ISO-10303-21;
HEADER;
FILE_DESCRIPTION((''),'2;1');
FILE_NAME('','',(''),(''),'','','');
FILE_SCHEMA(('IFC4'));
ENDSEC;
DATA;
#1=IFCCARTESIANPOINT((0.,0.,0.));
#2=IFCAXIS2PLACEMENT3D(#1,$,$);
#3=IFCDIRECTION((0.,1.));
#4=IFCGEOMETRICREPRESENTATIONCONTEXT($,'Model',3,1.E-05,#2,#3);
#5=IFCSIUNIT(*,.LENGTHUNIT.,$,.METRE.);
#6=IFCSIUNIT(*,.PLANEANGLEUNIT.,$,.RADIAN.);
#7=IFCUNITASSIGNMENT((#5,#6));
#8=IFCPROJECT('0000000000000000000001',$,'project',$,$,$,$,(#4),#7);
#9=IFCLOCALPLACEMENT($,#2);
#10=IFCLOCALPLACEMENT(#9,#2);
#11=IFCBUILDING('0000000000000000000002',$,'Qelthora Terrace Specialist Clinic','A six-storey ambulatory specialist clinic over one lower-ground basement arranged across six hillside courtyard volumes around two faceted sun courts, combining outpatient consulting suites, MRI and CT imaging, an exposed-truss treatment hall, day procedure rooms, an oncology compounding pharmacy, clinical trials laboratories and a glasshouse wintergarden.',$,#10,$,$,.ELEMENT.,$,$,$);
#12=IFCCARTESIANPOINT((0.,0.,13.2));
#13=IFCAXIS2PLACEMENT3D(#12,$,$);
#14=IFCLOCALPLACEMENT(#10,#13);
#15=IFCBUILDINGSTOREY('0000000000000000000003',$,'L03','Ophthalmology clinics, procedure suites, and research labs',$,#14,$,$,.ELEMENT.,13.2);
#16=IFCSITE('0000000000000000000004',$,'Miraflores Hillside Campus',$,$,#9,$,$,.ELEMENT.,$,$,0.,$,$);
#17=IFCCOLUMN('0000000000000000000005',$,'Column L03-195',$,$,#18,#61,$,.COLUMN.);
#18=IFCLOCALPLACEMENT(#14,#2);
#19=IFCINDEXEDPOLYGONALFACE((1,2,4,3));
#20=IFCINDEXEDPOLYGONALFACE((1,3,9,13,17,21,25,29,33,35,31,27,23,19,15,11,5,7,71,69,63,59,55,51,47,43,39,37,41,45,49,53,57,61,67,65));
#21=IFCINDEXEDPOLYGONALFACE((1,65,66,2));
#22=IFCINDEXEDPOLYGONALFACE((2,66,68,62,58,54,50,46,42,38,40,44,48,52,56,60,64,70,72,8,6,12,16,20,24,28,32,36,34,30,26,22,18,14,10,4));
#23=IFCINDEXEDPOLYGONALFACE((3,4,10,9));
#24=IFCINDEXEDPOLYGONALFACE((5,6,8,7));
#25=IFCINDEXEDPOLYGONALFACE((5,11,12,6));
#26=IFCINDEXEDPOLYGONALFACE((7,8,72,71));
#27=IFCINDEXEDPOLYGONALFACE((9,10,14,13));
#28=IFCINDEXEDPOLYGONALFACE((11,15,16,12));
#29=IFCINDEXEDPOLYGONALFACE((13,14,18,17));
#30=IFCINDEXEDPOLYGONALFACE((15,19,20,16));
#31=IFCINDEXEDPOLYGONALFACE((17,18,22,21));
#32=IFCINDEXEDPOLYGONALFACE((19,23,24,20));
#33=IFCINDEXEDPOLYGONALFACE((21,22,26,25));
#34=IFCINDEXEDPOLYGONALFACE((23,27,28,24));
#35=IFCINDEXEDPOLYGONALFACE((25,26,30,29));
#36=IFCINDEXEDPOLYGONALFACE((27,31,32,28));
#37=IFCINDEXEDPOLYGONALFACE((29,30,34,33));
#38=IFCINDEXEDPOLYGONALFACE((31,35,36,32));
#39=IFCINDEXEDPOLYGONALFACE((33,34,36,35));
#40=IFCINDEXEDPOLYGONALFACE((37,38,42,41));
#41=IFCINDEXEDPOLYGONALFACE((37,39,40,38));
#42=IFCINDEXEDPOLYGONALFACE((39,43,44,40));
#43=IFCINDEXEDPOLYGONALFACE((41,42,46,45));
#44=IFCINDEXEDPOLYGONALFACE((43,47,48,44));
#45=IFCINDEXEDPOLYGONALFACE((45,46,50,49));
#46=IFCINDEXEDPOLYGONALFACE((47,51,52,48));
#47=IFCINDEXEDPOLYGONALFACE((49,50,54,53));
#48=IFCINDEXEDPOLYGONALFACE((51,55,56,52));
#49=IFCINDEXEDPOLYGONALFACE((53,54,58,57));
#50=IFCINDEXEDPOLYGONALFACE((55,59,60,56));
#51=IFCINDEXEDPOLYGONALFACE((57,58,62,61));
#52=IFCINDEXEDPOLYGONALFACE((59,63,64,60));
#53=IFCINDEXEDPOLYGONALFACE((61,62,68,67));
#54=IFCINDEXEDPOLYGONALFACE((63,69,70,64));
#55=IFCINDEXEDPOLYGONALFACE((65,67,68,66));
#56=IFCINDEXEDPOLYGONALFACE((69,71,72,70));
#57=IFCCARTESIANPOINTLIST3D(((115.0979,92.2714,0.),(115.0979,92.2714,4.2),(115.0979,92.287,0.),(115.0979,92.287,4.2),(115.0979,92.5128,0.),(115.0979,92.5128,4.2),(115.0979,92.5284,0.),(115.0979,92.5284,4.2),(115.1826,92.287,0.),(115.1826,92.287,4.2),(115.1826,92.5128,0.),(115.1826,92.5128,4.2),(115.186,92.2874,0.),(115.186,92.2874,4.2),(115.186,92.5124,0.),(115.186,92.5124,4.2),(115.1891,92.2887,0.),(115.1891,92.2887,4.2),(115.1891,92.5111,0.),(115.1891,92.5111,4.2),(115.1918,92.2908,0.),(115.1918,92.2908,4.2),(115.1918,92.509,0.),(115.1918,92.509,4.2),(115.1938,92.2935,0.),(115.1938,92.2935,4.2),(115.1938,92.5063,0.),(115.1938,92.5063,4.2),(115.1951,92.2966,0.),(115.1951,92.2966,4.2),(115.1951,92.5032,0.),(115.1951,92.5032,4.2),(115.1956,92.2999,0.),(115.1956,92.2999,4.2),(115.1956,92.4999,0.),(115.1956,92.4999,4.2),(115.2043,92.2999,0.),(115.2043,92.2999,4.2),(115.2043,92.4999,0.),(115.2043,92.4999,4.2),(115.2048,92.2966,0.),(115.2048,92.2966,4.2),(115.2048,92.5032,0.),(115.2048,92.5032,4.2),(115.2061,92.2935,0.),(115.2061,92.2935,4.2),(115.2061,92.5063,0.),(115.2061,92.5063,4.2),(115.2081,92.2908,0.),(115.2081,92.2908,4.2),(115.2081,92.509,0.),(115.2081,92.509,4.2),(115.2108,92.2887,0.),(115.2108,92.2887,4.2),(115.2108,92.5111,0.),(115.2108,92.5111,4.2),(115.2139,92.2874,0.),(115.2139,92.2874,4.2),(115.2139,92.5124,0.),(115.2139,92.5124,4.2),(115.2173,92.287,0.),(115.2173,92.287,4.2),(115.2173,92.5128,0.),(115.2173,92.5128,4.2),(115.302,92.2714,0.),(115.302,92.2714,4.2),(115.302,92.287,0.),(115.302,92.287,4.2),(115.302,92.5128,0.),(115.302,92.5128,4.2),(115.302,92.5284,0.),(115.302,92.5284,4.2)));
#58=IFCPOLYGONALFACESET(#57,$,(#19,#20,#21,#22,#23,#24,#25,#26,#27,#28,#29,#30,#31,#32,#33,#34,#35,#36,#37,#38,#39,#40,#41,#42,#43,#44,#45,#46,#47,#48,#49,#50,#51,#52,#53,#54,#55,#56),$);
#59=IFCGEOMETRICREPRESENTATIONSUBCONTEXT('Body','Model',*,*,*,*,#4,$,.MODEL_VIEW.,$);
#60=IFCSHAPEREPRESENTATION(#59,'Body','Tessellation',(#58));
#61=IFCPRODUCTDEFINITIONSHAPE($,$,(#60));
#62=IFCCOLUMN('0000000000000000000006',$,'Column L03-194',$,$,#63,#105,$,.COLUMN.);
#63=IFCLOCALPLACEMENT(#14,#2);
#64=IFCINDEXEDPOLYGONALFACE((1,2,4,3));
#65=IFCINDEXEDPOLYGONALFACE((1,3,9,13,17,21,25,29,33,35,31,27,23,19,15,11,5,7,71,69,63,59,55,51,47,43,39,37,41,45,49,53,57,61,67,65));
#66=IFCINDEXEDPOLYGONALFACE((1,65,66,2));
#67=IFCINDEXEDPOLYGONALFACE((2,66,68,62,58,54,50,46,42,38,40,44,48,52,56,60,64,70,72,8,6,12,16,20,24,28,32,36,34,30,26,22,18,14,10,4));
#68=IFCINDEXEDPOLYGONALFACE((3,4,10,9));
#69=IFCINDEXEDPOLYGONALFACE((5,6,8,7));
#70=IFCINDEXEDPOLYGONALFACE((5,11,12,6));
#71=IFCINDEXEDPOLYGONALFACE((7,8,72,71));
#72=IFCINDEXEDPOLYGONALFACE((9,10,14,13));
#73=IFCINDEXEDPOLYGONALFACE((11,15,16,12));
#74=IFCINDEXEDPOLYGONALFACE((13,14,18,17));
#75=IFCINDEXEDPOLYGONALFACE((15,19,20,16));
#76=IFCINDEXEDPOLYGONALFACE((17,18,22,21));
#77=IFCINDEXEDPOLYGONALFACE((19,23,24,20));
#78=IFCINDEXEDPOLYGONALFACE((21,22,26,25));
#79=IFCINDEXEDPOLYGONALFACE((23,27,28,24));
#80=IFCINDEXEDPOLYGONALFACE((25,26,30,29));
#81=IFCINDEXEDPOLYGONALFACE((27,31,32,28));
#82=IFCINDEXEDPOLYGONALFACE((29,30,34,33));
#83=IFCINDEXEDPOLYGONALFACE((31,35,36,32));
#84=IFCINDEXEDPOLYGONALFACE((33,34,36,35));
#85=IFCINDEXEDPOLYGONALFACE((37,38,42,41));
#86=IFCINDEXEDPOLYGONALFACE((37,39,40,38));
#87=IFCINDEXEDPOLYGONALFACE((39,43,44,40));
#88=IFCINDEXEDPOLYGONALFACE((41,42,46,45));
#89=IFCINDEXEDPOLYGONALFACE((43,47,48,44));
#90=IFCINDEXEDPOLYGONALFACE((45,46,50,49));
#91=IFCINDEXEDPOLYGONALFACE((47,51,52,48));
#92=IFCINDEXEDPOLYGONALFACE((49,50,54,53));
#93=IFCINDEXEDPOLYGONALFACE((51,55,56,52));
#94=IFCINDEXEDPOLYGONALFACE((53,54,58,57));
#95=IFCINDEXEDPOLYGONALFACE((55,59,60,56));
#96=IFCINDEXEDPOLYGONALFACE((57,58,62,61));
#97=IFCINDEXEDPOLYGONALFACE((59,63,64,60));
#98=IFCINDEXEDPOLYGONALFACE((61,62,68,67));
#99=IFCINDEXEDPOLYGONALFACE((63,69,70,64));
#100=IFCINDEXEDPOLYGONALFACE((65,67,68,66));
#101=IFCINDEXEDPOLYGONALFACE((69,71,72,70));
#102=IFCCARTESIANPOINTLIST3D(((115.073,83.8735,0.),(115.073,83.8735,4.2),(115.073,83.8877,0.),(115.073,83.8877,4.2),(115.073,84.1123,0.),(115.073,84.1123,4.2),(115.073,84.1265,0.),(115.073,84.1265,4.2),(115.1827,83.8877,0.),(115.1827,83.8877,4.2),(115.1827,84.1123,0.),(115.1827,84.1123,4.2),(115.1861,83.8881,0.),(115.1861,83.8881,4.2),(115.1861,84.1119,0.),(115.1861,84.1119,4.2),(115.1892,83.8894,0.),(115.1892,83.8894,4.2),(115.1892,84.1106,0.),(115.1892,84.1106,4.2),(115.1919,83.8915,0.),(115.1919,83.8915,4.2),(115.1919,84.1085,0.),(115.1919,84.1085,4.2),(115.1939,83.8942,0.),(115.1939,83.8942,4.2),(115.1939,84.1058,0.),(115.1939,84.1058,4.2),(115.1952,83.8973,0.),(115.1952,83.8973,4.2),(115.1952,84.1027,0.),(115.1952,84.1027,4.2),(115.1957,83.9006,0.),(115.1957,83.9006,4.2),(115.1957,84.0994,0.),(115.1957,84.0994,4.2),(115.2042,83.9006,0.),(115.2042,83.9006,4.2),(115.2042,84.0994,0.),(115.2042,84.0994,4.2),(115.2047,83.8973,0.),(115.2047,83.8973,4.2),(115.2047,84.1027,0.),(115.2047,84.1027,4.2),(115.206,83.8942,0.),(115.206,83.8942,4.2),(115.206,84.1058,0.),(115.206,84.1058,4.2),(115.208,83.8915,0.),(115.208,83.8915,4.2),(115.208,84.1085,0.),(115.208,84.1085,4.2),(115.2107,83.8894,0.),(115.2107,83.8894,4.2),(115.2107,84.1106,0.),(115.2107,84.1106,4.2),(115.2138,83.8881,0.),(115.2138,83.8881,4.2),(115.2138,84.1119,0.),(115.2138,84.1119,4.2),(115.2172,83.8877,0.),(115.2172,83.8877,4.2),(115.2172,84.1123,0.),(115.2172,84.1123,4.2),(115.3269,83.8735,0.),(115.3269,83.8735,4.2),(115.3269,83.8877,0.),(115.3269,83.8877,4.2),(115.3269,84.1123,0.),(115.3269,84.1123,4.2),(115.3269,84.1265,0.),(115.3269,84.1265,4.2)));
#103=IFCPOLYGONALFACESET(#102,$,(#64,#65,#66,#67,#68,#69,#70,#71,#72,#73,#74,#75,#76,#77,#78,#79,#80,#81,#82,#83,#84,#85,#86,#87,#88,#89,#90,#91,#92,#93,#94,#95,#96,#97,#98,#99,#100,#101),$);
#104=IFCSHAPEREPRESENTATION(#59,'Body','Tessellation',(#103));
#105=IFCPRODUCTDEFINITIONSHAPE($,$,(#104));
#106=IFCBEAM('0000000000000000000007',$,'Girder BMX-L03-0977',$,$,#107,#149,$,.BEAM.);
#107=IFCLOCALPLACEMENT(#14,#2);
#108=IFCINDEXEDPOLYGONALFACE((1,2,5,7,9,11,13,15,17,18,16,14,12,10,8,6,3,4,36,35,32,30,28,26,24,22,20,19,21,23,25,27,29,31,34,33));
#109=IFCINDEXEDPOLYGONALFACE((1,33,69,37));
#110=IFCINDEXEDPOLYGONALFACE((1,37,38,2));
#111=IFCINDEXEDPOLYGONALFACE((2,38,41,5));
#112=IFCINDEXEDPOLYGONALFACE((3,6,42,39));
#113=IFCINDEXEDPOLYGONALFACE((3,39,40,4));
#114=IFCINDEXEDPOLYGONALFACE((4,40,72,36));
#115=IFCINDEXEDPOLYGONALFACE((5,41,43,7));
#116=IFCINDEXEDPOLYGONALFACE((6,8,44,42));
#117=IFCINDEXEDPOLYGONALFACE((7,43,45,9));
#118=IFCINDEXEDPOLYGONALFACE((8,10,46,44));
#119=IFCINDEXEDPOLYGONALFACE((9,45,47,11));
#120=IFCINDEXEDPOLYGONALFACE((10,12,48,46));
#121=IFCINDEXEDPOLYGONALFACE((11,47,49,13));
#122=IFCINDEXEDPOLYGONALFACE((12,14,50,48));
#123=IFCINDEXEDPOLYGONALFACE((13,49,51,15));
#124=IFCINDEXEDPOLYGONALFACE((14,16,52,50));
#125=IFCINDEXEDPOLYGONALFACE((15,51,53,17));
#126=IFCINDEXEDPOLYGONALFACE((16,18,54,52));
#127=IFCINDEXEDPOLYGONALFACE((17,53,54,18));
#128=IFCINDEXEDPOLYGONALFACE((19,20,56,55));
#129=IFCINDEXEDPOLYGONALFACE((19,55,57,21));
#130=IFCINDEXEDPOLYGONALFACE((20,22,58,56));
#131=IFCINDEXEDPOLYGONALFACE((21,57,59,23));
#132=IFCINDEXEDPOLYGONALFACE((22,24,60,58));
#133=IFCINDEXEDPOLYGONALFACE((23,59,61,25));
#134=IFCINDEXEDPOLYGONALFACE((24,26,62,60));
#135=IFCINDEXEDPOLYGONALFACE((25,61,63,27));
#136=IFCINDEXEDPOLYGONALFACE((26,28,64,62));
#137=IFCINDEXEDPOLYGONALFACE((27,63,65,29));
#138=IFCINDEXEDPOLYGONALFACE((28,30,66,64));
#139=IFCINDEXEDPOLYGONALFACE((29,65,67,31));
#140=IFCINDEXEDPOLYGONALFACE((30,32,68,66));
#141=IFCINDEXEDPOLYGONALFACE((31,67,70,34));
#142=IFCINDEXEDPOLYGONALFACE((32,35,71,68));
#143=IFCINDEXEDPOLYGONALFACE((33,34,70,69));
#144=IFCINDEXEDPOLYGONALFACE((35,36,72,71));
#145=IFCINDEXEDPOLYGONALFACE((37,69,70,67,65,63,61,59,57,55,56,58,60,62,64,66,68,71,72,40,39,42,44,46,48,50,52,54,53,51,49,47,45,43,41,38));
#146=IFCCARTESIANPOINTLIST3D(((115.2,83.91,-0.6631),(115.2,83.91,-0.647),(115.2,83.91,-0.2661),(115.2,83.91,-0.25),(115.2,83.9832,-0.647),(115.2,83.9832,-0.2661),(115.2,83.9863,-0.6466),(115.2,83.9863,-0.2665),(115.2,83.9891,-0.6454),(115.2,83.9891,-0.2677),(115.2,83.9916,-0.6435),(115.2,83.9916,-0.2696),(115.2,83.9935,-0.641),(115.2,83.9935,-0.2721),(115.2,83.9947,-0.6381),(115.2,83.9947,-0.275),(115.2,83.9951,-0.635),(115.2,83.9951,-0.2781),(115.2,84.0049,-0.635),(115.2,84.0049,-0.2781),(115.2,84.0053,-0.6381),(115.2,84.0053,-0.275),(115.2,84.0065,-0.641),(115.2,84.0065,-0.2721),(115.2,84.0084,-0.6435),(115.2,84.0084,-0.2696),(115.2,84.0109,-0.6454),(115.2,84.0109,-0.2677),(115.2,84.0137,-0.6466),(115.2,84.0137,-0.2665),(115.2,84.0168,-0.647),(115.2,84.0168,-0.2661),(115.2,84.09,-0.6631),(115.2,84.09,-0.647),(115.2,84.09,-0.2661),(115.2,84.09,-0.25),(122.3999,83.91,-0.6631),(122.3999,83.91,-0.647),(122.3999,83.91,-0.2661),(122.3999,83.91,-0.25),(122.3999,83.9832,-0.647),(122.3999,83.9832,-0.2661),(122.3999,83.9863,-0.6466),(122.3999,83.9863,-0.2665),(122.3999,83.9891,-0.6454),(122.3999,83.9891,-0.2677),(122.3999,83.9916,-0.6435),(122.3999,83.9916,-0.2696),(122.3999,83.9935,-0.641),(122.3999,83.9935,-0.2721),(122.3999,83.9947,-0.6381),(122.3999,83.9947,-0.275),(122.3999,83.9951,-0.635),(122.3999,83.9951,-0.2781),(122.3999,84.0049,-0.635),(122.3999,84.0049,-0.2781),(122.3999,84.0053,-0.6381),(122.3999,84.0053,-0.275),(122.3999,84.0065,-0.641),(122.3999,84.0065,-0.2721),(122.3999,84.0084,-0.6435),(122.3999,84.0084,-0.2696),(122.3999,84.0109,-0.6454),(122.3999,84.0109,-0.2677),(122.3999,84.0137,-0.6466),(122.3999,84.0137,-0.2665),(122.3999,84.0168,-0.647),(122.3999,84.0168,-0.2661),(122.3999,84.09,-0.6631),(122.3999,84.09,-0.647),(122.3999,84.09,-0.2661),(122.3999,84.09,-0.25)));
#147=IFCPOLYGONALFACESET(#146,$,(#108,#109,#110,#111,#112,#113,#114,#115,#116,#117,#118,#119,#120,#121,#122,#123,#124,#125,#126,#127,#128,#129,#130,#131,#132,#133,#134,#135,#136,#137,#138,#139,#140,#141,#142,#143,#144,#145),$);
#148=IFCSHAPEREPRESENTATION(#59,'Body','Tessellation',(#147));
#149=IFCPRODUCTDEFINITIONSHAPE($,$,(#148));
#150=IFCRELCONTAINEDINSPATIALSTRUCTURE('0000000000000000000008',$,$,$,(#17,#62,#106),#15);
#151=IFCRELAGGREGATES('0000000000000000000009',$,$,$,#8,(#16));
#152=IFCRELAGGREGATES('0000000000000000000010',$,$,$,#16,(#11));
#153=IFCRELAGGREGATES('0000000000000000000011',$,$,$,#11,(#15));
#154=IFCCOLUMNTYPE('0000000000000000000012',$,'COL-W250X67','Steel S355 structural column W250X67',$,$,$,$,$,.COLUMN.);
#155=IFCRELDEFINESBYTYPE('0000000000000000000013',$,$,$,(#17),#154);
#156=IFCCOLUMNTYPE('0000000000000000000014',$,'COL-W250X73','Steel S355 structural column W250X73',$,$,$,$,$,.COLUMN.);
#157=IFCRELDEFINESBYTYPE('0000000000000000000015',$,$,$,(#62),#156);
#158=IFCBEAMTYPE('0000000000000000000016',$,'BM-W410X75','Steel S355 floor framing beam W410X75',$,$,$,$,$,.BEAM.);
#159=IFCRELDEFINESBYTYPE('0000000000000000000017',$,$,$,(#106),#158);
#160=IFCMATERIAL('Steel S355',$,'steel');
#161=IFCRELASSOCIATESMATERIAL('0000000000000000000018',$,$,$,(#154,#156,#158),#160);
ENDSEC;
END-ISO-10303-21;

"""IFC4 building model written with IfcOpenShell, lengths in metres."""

from ifc_helpers import new_model, si_unit, direction, frame, origin, origin_2d, place, context, subcontext, project, spatial, i_section, extrude, material, material_profile, profile_set, type_object, element, save


model = new_model("IFC4")

# Units and contexts
model_context = context("Model", 3, precision=1e-05, world=origin(), true_north=direction((0.0, 1.0)))
body_context = subcontext(model_context, "Body", "Model", "MODEL_VIEW")
ifc_project = project(units=[si_unit("LENGTHUNIT", "METRE"), si_unit("PLANEANGLEUNIT", "RADIAN")], contexts=[model_context])

# Site, building, storey
site_placement = place(None, origin())
site = spatial("IfcSite", under=ifc_project, at=site_placement, Name="Miraflores Hillside Campus", CompositionType="ELEMENT", RefElevation=0.0)
building_placement = place(site_placement, origin())
building = spatial("IfcBuilding", under=site, at=building_placement, Name="Qelthora Terrace Specialist Clinic", Description="A six-storey ambulatory specialist clinic over one lower-ground basement arranged across six hillside courtyard volumes around two faceted sun courts, combining outpatient consulting suites, MRI and CT imaging, an exposed-truss treatment hall, day procedure rooms, an oncology compounding pharmacy, clinical trials laboratories and a glasshouse wintergarden.", CompositionType="ELEMENT")
storey_placement = place(building_placement, frame((0.0, 0.0, 13.2)))
storey = spatial("IfcBuildingStorey", under=building, at=storey_placement, Name="L03", Description="Ophthalmology clinics, procedure suites, and research labs", CompositionType="ELEMENT", Elevation=13.2)

# Columns
ifc_material_1 = material(Name="Steel S355", Category="steel")
ifc_material_profile_1 = material_profile(ifc_material_1, i_section(OverallWidth=0.2041, OverallDepth=0.2571, WebThickness=0.0088, FlangeThickness=0.0156, FilletRadius=0.0129, at=origin_2d()), Name="W250X67")
ifc_profile_set_1 = profile_set([ifc_material_profile_1], Name="Steel S355")
column_type_1 = type_object("IfcColumnType", Name="COL-W250X67", Description="Steel S355 structural column W250X67", PredefinedType="COLUMN", material=ifc_profile_set_1)
column_1_placement = place(storey_placement, frame((115.2, 92.3999, 0.0), z_axis=(0.0, 0.0, 1.0), x_axis=(1.0, 0.0, 0.0)))
element("IfcColumn", 1, at=column_1_placement, inside=storey, type_object=column_type_1, Name="Column L03-195", PredefinedType="COLUMN", context=body_context, shape_type="SweptSolid", body=[
    extrude(i_section(OverallWidth=0.2041, OverallDepth=0.2571, WebThickness=0.0088, FlangeThickness=0.0156, FilletRadius=0.0129, at=origin_2d()), origin(), (0.0, 0.0, 1.0), 4.2),
])
ifc_material_profile_2 = material_profile(ifc_material_1, i_section(OverallWidth=0.2539, OverallDepth=0.2529, WebThickness=0.0085, FlangeThickness=0.0142, FilletRadius=0.0129, at=origin_2d()), Name="W250X73")
ifc_profile_set_2 = profile_set([ifc_material_profile_2], Name="Steel S355")
column_type_2 = type_object("IfcColumnType", Name="COL-W250X73", Description="Steel S355 structural column W250X73", PredefinedType="COLUMN", material=ifc_profile_set_2)
column_2_placement = place(storey_placement, frame((115.2, 84.0, 0.0), z_axis=(0.0, 0.0, 1.0), x_axis=(1.0, 0.0, 0.0)))
element("IfcColumn", 2, at=column_2_placement, inside=storey, type_object=column_type_2, Name="Column L03-194", PredefinedType="COLUMN", context=body_context, shape_type="SweptSolid", body=[
    extrude(i_section(OverallWidth=0.2539, OverallDepth=0.2529, WebThickness=0.0085, FlangeThickness=0.0142, FilletRadius=0.0129, at=origin_2d()), origin(), (0.0, 0.0, 1.0), 4.2),
])

# Beam
ifc_material_profile_3 = material_profile(ifc_material_1, i_section(OverallWidth=0.1799, OverallDepth=0.4131, WebThickness=0.0098, FlangeThickness=0.0161, FilletRadius=0.012, at=origin_2d()), Name="W410X75")
ifc_profile_set_3 = profile_set([ifc_material_profile_3], Name="Steel S355")
beam_type_1 = type_object("IfcBeamType", Name="BM-W410X75", Description="Steel S355 floor framing beam W410X75", PredefinedType="BEAM", material=ifc_profile_set_3)
beam_1_placement = place(storey_placement, frame((115.2, 84.0, -0.4565), z_axis=(1.0, 0.0, 0.0), x_axis=(0.0, 1.0, 0.0)))
element("IfcBeam", 3, at=beam_1_placement, inside=storey, type_object=beam_type_1, Name="Girder BMX-L03-0977", PredefinedType="BEAM", context=body_context, shape_type="SweptSolid", body=[
    extrude(i_section(OverallWidth=0.1799, OverallDepth=0.4131, WebThickness=0.0098, FlangeThickness=0.0161, FilletRadius=0.012, at=origin_2d()), origin(), (0.0, 0.0, 1.0), 7.2),
])

save(model, "model.ifc")
